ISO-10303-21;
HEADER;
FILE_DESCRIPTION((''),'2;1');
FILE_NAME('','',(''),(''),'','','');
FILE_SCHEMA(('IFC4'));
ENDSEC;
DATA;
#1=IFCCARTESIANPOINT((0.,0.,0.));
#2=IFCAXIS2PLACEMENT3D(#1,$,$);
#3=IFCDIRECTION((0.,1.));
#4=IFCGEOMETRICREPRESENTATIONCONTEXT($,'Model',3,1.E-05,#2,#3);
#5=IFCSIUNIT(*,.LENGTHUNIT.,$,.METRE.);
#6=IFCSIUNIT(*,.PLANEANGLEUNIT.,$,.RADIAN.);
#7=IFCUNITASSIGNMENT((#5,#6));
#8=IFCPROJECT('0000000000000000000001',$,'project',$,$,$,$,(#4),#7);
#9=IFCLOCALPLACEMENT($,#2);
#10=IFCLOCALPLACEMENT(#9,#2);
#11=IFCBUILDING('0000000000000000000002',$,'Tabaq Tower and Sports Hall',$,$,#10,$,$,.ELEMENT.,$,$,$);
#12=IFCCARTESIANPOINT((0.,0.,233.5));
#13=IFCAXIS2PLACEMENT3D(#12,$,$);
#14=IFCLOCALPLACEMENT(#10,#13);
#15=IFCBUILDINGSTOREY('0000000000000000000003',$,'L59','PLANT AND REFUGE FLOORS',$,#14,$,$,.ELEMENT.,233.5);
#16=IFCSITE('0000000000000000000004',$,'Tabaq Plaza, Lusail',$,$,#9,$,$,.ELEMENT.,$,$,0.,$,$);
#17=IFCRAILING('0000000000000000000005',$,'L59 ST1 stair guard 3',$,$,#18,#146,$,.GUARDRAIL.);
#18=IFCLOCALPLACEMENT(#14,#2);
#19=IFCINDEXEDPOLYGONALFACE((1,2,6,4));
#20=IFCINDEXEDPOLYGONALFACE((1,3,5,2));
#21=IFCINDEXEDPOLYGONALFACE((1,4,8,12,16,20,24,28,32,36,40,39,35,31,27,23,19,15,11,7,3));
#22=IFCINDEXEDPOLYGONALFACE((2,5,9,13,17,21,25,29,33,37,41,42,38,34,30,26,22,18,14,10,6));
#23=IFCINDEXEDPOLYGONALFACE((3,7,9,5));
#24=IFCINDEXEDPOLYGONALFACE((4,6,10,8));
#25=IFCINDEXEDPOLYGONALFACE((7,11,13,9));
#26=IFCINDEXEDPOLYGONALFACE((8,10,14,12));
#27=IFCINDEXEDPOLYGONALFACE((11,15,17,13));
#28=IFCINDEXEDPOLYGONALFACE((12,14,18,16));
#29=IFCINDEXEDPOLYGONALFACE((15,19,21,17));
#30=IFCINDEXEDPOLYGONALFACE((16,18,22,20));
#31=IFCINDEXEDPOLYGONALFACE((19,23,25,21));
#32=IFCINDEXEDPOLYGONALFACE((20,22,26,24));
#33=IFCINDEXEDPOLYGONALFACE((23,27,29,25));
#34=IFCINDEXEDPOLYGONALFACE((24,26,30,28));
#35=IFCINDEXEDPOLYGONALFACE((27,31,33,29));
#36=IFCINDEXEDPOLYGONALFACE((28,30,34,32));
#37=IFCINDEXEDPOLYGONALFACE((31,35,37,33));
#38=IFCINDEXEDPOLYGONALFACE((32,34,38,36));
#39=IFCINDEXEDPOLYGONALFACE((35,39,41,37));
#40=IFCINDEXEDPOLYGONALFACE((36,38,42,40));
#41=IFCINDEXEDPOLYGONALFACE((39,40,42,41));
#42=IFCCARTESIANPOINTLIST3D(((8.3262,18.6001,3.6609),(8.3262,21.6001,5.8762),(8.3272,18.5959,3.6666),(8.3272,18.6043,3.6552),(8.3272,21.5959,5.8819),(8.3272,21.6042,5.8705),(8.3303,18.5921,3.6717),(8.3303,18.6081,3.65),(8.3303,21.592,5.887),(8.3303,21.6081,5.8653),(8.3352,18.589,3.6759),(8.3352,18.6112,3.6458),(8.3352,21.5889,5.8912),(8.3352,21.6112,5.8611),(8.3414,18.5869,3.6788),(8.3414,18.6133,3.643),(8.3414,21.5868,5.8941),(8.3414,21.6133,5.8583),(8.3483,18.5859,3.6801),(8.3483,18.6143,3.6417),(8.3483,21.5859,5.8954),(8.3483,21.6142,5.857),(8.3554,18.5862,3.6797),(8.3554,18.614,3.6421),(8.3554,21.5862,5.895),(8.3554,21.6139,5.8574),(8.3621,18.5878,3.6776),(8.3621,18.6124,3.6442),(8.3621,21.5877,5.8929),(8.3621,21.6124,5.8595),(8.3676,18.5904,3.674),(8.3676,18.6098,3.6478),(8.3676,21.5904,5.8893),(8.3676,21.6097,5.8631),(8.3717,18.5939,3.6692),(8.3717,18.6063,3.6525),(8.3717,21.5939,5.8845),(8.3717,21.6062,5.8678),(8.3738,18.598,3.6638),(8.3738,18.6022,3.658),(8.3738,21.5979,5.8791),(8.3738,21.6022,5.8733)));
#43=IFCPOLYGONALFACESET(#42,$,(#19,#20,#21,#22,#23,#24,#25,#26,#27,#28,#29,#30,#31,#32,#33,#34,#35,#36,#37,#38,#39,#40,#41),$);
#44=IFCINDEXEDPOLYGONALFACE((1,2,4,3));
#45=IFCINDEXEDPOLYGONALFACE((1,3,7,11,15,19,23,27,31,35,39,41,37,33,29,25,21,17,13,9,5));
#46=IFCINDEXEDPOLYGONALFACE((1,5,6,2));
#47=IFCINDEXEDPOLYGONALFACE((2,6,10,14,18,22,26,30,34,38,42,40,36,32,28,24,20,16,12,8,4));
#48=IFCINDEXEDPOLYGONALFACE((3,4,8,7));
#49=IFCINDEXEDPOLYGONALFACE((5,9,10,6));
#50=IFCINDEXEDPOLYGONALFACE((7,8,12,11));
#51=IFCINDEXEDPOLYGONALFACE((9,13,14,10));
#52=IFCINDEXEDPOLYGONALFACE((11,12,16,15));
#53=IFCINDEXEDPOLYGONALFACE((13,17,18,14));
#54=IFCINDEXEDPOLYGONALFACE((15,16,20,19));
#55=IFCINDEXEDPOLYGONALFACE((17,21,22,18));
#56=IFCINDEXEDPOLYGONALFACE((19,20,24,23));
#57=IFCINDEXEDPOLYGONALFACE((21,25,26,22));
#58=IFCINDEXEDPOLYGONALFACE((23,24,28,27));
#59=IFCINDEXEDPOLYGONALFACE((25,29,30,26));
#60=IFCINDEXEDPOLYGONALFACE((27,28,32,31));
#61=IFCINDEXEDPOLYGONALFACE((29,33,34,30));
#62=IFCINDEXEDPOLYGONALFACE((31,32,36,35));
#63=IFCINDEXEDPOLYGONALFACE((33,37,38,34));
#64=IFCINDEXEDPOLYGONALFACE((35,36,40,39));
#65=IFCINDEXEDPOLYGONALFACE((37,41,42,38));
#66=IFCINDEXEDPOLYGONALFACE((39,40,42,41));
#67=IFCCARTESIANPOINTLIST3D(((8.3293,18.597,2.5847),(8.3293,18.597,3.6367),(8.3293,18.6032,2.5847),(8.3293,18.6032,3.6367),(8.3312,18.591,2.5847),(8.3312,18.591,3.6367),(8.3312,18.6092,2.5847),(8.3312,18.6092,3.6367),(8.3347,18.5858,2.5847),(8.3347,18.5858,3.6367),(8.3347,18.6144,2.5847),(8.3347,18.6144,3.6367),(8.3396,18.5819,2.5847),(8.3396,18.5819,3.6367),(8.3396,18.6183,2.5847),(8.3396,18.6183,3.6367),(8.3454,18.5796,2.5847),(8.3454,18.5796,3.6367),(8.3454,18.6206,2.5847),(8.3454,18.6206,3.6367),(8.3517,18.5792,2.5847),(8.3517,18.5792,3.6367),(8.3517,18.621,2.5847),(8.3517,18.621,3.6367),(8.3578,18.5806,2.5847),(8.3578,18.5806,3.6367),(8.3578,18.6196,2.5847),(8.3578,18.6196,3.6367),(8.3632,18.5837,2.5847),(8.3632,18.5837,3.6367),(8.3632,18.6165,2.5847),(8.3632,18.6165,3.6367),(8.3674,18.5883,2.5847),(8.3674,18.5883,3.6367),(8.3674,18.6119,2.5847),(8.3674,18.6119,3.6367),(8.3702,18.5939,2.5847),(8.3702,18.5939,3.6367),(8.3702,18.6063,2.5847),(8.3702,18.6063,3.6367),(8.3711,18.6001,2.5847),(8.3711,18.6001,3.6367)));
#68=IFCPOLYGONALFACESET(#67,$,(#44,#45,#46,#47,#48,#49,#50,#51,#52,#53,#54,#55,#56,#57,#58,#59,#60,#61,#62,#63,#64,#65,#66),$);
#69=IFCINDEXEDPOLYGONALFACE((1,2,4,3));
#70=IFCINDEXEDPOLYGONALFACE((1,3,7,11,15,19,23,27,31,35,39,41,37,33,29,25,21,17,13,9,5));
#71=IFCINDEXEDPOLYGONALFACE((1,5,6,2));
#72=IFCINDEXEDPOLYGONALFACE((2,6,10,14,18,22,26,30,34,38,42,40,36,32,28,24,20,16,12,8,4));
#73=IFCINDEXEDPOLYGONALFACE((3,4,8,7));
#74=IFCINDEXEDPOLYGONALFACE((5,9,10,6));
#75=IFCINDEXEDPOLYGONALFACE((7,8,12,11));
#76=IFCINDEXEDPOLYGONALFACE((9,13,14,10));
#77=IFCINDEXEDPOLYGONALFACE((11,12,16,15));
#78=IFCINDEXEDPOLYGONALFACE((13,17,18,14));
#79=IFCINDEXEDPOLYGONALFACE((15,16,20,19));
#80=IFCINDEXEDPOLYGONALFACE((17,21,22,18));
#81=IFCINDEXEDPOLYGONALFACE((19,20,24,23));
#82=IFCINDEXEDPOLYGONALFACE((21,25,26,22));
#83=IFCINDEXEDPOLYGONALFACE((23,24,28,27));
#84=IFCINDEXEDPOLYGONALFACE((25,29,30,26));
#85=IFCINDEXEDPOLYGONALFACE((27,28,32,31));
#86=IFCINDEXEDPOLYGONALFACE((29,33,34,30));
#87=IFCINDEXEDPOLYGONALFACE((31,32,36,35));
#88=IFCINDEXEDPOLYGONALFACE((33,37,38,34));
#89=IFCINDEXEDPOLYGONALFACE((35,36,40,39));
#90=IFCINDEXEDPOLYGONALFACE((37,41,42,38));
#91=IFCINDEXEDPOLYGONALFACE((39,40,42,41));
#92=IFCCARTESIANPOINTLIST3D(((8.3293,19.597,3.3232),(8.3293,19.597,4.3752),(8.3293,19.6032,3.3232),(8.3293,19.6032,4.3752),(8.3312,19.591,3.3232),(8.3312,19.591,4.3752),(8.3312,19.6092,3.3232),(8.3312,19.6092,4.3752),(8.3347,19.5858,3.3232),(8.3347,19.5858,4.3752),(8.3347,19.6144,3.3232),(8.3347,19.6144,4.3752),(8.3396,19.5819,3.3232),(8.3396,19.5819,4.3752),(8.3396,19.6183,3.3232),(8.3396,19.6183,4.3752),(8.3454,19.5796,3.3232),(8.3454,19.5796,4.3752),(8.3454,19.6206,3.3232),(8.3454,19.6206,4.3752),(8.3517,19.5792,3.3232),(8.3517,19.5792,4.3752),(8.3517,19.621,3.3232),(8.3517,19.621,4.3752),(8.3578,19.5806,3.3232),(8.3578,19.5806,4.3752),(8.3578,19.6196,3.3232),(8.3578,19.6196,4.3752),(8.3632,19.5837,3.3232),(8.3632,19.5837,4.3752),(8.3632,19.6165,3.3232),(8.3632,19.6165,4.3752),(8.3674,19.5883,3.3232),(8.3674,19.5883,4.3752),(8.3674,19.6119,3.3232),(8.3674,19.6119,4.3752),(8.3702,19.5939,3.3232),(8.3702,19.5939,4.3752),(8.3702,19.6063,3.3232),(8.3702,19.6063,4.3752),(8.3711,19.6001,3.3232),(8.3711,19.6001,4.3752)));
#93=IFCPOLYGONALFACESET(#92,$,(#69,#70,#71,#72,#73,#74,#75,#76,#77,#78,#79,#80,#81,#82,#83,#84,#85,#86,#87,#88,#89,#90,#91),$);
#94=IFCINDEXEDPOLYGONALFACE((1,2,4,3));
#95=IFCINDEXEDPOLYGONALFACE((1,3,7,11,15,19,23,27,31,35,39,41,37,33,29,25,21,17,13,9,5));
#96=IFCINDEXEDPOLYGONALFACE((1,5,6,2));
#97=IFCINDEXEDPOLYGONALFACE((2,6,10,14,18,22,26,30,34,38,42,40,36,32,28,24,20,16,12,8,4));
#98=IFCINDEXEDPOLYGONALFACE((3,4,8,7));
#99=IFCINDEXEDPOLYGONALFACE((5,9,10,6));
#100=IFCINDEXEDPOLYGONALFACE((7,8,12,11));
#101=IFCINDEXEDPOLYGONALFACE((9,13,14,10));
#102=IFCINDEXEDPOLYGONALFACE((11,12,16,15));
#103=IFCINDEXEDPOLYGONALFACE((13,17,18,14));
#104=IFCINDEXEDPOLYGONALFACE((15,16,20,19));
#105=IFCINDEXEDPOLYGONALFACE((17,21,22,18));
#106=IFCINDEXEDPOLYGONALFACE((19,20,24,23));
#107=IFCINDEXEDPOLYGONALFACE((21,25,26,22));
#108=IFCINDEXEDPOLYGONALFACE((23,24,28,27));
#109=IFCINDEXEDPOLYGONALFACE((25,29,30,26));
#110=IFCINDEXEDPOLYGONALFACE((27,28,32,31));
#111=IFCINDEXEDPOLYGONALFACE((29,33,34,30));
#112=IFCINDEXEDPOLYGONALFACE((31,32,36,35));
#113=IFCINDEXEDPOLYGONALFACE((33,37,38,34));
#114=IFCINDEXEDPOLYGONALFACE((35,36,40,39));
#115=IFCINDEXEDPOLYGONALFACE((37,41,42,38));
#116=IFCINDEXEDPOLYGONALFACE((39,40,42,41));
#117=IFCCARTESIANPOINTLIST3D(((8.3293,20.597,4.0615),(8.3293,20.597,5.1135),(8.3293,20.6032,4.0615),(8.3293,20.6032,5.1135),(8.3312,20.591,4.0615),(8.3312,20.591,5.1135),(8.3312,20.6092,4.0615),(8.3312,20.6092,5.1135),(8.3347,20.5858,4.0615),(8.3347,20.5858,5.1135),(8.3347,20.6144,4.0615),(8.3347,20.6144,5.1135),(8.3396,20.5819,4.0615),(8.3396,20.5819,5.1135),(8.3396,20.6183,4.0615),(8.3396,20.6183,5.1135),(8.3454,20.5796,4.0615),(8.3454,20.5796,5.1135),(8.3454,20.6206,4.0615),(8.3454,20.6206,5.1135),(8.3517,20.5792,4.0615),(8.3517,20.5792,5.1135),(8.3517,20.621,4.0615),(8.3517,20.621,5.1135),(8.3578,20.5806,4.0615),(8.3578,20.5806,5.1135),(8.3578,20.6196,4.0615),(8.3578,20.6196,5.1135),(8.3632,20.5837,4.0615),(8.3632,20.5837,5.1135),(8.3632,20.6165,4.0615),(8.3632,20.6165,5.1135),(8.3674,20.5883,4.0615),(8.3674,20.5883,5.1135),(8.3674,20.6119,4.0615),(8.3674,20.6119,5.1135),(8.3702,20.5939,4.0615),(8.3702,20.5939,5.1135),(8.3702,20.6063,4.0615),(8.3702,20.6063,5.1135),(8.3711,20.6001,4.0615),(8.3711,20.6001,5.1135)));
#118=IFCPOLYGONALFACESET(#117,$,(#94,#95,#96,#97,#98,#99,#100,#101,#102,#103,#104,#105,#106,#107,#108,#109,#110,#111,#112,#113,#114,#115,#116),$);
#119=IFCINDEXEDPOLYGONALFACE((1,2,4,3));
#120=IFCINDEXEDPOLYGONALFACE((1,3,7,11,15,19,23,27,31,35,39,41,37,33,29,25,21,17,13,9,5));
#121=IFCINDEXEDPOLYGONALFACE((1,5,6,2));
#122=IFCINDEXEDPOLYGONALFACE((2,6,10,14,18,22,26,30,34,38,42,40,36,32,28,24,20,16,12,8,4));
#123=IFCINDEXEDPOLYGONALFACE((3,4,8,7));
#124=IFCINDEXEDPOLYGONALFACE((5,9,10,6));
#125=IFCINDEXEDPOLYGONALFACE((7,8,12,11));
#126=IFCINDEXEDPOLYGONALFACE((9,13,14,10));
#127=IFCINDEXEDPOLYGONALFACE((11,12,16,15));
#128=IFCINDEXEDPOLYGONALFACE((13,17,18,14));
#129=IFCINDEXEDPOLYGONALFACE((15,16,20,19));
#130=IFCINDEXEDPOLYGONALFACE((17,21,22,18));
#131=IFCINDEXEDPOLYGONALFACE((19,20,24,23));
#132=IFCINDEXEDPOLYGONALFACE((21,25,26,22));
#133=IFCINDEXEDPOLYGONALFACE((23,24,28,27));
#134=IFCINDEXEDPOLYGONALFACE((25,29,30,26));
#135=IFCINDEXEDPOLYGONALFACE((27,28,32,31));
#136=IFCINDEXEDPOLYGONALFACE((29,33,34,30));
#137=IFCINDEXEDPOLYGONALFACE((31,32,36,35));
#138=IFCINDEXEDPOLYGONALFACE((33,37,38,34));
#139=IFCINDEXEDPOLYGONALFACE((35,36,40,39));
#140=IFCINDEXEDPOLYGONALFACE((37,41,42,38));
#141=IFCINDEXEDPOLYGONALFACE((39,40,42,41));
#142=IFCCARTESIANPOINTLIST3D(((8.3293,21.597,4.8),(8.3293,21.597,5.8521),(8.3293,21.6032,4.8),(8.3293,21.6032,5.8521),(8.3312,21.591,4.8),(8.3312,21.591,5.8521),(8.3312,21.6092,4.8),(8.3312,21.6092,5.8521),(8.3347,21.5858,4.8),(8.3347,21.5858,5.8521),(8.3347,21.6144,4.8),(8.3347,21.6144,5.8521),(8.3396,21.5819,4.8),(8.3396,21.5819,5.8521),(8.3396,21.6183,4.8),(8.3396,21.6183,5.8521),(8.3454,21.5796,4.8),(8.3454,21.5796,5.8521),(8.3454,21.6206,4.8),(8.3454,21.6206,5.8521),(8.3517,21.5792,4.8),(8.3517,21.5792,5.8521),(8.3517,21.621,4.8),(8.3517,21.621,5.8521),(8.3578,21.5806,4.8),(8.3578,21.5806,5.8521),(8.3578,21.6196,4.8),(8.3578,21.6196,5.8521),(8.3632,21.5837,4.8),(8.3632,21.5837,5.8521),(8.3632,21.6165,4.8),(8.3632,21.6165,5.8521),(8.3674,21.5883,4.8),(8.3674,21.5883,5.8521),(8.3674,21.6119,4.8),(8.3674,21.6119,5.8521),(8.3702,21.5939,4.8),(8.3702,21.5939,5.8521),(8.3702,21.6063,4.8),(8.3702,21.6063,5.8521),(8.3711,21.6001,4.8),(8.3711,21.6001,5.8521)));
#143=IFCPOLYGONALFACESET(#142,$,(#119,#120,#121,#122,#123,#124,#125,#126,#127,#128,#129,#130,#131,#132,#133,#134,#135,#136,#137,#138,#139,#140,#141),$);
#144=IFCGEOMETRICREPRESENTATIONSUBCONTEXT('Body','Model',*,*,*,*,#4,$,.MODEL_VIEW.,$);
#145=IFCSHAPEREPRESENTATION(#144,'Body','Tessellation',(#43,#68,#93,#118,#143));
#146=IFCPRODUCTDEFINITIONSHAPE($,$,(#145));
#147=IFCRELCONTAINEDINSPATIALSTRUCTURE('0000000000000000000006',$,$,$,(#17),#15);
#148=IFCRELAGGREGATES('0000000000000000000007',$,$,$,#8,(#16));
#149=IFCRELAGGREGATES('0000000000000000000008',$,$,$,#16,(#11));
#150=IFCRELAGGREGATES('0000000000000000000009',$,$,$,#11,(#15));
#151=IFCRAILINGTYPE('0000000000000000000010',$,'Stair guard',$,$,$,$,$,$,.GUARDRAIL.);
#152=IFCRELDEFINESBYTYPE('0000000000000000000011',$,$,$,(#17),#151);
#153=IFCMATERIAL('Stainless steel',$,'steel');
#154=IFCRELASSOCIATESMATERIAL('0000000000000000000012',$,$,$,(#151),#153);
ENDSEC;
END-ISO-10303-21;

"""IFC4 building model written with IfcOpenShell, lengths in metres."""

from ifc_helpers import new_model, si_unit, direction, frame, origin, origin_2d, place, context, subcontext, project, spatial, circle, extrude, material, type_object, element, save


model = new_model("IFC4")

# Units and contexts
model_context = context("Model", 3, precision=1e-05, world=origin(), true_north=direction((0.0, 1.0)))
body_context = subcontext(model_context, "Body", "Model", "MODEL_VIEW")
ifc_project = project(units=[si_unit("LENGTHUNIT", "METRE"), si_unit("PLANEANGLEUNIT", "RADIAN")], contexts=[model_context])

# Site, building, storey
site_placement = place(None, origin())
site = spatial("IfcSite", under=ifc_project, at=site_placement, Name="Tabaq Plaza, Lusail", CompositionType="ELEMENT", RefElevation=0.0)
building_placement = place(site_placement, origin())
building = spatial("IfcBuilding", under=site, at=building_placement, Name="Tabaq Tower and Sports Hall", CompositionType="ELEMENT")
storey_placement = place(building_placement, frame((0.0, 0.0, 233.5)))
storey = spatial("IfcBuildingStorey", under=building, at=storey_placement, Name="L59", Description="PLANT AND REFUGE FLOORS", CompositionType="ELEMENT", Elevation=233.5)

# Railing
ifc_material_1 = material(Name="Stainless steel", Category="steel")
railing_type_1 = type_object("IfcRailingType", Name="Stair guard", PredefinedType="GUARDRAIL", material=ifc_material_1)
railing_1_placement = place(storey_placement, frame((8.3501, 18.6001, 2.5847)))
element("IfcRailing", 1, at=railing_1_placement, inside=storey, type_object=railing_type_1, Name="L59 ST1 stair guard 3", PredefinedType="GUARDRAIL", context=body_context, shape_type="SweptSolid", body=[
    extrude(circle(Radius=0.0239, at=origin_2d()), frame((0.0, 0.0, 1.0762), z_axis=(0.0, 0.80444, 0.594034), x_axis=(-1.0, 0.0, 0.0)), (0.0, 0.0, 1.0), 3.7292),
    extrude(circle(Radius=0.021, at=origin_2d()), origin(), (0.0, 0.0, 1.0), 1.052),
    extrude(circle(Radius=0.021, at=origin_2d()), frame((0.0, 1.0, 0.7385)), (0.0, 0.0, 1.0), 1.052),
    extrude(circle(Radius=0.021, at=origin_2d()), frame((0.0, 2.0, 1.4768)), (0.0, 0.0, 1.0), 1.052),
    extrude(circle(Radius=0.021, at=origin_2d()), frame((0.0, 3.0, 2.2153)), (0.0, 0.0, 1.0), 1.052),
])

save(model, "model.ifc")
